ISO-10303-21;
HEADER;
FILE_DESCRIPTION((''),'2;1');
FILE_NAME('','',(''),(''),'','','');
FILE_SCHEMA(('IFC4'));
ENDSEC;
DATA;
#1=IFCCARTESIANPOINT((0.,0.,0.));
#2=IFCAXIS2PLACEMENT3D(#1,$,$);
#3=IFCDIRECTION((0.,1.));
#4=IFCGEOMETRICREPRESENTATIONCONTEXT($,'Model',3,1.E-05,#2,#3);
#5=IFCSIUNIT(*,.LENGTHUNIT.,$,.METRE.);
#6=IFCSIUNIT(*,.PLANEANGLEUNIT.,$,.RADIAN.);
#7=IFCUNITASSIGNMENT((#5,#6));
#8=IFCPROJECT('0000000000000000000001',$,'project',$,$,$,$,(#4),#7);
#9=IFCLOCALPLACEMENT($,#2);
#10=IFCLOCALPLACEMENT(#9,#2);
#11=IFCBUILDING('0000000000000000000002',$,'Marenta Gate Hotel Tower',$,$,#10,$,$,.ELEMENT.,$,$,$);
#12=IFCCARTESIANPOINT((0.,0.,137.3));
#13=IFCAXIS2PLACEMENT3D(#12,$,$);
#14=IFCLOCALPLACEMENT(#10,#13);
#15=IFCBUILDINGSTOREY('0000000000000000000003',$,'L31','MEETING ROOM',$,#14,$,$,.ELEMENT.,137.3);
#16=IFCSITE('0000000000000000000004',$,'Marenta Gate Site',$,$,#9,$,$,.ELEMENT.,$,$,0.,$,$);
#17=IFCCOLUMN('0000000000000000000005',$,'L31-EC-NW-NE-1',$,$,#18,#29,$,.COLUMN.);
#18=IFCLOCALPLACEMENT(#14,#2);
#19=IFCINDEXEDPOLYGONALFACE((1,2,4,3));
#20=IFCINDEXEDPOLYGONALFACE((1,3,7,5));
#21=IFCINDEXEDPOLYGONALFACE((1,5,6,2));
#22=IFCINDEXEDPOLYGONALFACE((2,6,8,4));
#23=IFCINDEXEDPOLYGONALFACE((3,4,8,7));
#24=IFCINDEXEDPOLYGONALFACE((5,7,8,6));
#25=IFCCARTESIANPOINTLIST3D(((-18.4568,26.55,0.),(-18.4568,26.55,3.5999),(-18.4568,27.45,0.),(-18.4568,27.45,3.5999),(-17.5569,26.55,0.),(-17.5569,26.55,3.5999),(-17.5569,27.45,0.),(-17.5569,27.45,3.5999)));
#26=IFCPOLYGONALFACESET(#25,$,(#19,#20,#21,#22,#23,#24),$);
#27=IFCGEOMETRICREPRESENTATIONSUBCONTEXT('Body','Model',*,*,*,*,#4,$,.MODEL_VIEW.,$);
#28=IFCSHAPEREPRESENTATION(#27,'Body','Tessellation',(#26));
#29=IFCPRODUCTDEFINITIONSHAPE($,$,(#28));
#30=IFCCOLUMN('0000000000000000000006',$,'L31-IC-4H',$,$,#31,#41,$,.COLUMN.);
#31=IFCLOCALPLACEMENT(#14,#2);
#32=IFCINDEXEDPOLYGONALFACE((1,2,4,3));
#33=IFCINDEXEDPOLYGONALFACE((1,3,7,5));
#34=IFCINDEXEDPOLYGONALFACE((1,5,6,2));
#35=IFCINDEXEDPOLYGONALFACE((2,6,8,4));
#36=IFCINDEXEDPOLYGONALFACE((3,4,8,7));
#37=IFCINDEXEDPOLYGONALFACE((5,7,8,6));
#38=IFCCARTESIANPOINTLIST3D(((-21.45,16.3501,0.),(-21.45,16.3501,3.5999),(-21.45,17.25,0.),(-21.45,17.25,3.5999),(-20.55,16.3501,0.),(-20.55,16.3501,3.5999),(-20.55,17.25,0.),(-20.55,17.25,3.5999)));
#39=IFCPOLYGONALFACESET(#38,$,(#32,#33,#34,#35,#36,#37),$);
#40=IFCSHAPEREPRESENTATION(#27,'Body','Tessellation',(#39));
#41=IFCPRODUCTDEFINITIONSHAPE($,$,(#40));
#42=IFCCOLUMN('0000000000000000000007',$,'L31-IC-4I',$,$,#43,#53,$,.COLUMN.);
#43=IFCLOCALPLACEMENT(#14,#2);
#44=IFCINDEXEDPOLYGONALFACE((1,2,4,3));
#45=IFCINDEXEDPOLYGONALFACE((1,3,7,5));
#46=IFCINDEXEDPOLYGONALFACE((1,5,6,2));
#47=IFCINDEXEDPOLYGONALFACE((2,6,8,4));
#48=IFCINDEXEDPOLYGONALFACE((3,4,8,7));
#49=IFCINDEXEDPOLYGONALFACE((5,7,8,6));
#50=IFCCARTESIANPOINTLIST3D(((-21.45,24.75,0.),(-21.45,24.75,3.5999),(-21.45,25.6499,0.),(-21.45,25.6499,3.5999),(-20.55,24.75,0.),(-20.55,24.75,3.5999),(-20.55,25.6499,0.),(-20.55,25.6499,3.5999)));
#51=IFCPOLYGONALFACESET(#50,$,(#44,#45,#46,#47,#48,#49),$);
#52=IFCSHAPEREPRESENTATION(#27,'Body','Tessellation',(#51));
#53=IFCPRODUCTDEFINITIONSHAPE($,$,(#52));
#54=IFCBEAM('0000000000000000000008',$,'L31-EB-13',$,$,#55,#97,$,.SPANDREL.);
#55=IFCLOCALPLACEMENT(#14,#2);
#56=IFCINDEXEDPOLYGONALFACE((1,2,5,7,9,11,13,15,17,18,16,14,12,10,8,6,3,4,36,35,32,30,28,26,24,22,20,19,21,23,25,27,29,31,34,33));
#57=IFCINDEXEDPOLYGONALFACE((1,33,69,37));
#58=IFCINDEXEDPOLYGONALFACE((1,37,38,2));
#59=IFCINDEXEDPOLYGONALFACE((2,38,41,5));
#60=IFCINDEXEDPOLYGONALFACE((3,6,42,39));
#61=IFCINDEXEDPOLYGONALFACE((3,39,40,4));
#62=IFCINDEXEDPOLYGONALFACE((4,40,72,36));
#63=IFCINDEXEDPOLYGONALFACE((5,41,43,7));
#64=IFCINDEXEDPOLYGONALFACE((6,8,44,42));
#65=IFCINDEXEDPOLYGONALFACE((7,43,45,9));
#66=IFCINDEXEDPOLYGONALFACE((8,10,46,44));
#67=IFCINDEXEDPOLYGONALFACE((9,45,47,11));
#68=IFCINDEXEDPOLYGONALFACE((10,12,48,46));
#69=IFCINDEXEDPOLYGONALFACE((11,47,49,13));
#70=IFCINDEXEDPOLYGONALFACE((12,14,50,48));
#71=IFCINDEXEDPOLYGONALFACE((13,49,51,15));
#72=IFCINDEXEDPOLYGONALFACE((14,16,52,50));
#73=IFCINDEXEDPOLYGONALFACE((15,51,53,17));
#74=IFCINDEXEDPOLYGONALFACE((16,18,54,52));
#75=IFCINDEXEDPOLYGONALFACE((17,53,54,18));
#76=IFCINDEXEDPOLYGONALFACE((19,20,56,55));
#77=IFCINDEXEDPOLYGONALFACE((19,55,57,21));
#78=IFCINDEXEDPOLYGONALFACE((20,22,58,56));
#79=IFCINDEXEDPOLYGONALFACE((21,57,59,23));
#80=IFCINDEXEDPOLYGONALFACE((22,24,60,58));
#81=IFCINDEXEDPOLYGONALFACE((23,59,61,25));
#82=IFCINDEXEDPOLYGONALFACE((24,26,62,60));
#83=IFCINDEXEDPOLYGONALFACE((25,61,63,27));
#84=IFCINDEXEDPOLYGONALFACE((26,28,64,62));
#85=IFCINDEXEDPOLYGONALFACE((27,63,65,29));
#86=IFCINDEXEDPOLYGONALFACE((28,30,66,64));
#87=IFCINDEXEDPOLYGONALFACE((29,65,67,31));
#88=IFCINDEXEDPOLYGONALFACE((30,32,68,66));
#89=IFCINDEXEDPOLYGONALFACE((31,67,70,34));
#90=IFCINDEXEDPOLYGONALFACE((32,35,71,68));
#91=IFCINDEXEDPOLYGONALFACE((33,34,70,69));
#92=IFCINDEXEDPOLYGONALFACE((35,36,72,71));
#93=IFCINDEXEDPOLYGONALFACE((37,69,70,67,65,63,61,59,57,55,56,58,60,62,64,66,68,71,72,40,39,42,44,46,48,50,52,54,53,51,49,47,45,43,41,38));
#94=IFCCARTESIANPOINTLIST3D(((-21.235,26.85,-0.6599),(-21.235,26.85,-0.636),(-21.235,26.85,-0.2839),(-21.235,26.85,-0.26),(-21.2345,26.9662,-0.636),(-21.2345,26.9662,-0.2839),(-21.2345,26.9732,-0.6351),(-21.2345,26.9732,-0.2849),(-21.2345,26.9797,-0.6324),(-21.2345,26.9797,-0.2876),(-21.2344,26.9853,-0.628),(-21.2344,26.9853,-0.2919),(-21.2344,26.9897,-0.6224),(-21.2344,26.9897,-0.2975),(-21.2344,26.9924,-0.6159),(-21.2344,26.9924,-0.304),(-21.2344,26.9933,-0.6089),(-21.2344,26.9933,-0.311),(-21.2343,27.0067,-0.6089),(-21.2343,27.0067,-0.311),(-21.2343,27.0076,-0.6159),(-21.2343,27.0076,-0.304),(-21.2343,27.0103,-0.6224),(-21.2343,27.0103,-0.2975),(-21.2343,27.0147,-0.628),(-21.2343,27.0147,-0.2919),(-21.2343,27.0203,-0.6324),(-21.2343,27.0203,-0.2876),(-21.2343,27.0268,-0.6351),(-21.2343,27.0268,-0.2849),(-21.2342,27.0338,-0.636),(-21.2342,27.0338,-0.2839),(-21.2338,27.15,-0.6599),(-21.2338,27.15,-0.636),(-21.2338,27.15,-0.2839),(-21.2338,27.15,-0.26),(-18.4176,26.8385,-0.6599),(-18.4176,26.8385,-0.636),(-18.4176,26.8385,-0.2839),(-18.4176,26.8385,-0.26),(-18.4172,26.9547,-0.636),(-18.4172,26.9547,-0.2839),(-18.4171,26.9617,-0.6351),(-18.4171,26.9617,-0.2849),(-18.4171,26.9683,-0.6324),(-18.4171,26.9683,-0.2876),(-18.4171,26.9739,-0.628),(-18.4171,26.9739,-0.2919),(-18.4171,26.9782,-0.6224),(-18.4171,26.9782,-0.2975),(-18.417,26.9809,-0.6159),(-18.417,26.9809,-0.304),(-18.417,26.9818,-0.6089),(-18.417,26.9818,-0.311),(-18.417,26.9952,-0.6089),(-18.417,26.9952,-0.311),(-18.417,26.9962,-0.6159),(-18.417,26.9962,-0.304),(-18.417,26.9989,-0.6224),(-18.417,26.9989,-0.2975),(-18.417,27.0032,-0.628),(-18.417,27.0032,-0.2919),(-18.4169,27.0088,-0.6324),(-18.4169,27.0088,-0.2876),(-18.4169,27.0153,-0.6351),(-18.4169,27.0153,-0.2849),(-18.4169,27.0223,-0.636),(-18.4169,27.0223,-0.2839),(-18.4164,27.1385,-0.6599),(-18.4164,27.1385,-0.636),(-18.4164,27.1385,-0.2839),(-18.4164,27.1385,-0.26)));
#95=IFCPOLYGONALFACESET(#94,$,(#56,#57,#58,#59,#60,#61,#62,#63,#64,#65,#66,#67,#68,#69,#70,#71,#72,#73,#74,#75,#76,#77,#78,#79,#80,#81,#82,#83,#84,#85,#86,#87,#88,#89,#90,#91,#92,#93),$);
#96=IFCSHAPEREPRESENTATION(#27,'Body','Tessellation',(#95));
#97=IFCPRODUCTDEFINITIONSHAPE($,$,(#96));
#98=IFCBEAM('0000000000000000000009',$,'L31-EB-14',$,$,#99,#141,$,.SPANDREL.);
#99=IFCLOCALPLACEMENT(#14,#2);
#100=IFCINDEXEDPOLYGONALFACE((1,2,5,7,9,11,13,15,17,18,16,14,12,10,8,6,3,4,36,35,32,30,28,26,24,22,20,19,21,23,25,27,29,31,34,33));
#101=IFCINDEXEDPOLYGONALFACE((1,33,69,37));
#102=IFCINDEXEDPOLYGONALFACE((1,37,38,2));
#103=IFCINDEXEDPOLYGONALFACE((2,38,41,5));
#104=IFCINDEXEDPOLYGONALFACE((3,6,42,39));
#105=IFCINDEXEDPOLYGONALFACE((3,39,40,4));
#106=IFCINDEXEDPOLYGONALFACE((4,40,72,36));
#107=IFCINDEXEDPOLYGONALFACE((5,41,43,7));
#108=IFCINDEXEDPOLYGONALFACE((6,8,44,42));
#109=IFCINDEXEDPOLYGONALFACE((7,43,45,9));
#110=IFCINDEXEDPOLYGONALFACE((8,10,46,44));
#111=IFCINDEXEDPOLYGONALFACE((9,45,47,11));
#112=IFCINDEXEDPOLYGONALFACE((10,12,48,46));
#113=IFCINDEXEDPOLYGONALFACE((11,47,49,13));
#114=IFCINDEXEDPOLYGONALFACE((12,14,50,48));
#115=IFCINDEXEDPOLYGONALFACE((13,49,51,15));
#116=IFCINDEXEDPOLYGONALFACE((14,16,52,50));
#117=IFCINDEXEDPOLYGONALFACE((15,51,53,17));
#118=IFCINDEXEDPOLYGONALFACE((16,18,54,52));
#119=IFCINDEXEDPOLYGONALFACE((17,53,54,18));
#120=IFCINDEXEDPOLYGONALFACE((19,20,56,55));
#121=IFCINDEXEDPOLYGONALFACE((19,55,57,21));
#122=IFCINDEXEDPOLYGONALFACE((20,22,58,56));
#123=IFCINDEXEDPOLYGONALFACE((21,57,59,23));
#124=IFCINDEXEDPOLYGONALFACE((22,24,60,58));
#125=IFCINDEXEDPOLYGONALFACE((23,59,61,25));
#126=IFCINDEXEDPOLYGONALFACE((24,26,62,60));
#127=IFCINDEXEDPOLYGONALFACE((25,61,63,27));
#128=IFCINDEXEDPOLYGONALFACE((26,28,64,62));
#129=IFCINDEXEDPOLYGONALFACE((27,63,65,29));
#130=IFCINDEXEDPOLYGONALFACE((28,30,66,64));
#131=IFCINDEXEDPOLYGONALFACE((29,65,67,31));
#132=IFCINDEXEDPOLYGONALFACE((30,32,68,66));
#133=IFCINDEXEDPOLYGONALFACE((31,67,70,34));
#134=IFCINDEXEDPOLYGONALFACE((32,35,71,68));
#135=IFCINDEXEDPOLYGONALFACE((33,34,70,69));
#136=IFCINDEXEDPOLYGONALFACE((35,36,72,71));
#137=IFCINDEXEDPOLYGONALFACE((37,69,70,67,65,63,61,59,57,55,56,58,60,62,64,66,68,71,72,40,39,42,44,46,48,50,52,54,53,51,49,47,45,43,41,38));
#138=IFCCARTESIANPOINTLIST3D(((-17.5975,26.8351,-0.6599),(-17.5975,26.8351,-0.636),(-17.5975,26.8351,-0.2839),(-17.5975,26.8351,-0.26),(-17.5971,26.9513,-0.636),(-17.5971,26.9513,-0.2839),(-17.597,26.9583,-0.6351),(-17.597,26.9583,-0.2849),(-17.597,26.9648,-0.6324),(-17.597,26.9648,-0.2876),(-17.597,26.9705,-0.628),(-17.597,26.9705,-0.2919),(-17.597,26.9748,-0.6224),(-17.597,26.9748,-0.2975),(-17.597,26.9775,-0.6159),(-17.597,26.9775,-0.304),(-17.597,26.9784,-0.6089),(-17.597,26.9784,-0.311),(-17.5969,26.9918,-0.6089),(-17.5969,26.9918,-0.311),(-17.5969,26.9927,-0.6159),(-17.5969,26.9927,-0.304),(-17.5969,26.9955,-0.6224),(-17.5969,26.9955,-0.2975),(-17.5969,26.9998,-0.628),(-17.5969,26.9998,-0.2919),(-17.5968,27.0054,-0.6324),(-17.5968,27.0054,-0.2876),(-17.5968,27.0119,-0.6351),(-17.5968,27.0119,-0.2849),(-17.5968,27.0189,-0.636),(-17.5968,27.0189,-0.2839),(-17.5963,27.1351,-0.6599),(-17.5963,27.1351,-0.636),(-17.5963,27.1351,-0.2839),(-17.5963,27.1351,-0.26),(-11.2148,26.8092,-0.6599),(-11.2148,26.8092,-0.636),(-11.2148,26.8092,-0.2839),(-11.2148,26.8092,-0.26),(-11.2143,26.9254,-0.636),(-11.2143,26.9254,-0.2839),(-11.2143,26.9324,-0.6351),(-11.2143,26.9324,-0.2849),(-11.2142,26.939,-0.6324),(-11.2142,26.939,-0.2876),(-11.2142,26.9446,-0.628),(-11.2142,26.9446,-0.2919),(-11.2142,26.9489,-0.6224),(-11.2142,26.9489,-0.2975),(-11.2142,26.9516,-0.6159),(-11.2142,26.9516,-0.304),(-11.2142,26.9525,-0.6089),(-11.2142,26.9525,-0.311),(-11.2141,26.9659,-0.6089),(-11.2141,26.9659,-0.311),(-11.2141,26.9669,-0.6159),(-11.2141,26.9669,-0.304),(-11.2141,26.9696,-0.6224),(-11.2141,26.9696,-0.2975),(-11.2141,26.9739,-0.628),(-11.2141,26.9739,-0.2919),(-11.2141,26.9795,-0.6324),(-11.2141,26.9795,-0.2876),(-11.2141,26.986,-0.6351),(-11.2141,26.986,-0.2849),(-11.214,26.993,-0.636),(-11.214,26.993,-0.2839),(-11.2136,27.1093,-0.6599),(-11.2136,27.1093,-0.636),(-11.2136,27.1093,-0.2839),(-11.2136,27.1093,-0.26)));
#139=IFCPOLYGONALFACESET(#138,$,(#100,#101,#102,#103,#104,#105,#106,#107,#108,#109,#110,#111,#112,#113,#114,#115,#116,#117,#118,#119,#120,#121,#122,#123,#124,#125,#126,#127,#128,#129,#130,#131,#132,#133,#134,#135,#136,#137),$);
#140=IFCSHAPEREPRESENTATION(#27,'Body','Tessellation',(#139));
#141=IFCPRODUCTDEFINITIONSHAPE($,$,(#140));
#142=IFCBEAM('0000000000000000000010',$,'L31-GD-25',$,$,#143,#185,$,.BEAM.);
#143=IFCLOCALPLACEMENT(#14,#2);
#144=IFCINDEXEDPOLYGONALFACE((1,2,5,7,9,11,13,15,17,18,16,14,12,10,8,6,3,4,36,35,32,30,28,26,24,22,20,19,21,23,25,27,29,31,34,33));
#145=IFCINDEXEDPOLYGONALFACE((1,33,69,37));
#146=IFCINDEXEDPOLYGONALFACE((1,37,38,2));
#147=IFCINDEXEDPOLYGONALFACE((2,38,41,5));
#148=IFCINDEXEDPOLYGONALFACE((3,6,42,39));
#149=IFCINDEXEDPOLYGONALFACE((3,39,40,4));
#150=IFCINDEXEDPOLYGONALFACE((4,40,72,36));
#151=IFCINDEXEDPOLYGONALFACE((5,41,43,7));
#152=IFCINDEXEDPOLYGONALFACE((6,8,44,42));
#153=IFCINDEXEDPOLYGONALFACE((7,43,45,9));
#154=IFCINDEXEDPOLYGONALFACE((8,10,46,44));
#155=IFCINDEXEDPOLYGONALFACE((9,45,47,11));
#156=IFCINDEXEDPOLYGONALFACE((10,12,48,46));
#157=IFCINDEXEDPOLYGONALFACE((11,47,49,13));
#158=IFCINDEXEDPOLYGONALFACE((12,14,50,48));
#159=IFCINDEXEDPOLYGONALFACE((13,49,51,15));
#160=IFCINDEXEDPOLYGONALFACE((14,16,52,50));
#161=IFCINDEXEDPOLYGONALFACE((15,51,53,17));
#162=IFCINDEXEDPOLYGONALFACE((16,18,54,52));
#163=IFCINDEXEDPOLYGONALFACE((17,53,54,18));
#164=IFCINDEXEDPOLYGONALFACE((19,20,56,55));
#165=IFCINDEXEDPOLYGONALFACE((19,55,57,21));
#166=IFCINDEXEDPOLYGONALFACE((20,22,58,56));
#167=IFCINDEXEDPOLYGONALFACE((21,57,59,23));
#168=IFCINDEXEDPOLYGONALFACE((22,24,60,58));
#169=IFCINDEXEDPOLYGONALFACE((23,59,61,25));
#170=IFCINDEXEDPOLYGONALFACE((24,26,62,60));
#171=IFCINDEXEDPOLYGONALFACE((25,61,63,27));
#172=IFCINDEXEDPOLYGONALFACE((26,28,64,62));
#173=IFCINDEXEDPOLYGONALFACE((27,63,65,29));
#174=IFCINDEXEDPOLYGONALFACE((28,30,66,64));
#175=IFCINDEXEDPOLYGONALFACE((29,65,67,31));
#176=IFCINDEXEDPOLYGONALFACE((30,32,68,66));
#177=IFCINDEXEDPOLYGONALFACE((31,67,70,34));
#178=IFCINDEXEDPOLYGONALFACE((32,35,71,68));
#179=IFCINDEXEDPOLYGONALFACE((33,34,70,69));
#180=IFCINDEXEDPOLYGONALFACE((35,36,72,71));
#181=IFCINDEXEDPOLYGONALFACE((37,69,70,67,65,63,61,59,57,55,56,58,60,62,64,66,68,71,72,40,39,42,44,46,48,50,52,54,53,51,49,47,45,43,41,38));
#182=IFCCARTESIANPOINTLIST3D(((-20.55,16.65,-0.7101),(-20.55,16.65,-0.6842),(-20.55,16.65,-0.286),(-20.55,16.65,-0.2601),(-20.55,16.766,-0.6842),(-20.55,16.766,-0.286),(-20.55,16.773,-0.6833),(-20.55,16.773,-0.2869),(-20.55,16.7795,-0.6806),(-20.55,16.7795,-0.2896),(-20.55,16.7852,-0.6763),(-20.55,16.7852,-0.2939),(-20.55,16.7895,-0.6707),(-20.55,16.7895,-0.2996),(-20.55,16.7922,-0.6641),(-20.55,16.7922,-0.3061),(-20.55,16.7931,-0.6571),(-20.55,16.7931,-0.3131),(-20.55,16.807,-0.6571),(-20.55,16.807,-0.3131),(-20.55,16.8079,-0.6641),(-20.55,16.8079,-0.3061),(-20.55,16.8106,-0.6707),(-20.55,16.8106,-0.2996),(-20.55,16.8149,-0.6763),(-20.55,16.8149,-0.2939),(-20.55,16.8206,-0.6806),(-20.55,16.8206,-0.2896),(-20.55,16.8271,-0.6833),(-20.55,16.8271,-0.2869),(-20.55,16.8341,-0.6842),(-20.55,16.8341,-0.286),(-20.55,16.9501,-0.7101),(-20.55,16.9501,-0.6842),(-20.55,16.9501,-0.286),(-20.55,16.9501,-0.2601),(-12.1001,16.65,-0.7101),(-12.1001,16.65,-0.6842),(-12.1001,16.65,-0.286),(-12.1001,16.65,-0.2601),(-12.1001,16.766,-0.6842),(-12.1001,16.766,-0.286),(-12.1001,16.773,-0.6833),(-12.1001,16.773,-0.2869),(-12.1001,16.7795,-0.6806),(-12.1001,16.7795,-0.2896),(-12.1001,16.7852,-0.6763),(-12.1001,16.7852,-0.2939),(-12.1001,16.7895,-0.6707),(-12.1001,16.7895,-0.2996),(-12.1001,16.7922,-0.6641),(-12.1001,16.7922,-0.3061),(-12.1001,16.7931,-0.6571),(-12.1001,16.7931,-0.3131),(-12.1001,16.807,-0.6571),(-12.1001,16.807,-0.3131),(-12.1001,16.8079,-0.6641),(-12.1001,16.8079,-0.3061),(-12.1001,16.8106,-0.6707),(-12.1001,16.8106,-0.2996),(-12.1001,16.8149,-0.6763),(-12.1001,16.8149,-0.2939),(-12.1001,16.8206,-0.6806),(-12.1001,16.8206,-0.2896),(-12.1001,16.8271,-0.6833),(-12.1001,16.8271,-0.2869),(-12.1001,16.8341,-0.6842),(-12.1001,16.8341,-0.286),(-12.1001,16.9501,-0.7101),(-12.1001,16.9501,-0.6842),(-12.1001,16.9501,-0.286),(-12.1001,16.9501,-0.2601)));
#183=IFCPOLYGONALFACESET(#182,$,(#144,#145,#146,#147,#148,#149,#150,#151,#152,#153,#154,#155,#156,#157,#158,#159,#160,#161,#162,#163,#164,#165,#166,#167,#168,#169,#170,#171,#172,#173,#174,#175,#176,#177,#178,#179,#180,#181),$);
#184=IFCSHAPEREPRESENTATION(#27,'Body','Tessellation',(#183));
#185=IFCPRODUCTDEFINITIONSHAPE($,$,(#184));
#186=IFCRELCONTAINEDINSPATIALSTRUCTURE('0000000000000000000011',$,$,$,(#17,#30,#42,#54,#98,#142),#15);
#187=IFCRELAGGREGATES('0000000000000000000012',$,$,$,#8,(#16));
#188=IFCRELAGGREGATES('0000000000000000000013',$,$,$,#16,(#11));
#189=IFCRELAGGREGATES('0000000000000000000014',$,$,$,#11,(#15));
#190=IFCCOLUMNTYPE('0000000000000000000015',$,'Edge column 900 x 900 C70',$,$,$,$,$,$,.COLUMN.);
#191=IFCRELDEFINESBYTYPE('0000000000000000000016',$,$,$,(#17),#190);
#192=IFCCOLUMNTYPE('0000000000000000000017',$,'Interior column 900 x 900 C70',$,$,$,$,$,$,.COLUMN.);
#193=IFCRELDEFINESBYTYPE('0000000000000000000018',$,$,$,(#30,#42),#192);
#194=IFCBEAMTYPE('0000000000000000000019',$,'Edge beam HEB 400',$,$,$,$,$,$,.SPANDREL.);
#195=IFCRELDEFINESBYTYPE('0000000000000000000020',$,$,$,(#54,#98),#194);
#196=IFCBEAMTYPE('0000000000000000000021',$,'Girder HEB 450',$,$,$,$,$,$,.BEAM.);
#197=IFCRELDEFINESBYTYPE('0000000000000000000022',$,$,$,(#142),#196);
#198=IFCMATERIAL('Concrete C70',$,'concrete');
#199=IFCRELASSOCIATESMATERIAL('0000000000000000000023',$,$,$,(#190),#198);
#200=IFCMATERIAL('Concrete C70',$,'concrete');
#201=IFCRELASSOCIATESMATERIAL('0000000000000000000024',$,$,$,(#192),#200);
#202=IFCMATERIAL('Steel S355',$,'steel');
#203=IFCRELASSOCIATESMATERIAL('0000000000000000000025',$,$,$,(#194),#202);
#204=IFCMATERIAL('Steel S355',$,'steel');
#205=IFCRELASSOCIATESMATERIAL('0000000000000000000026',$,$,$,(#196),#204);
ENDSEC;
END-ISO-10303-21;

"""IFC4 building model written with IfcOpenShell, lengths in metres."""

from ifc_helpers import new_model, si_unit, direction, frame, origin, origin_2d, place, context, subcontext, project, spatial, rectangle, i_section, extrude, material, material_profile, profile_set, type_object, element, save


model = new_model("IFC4")

# Units and contexts
model_context = context("Model", 3, precision=1e-05, world=origin(), true_north=direction((0.0, 1.0)))
body_context = subcontext(model_context, "Body", "Model", "MODEL_VIEW")
ifc_project = project(units=[si_unit("LENGTHUNIT", "METRE"), si_unit("PLANEANGLEUNIT", "RADIAN")], contexts=[model_context])

# Site, building, storey
site_placement = place(None, origin())
site = spatial("IfcSite", under=ifc_project, at=site_placement, Name="Marenta Gate Site", CompositionType="ELEMENT", RefElevation=0.0)
building_placement = place(site_placement, origin())
building = spatial("IfcBuilding", under=site, at=building_placement, Name="Marenta Gate Hotel Tower", CompositionType="ELEMENT")
storey_placement = place(building_placement, frame((0.0, 0.0, 137.3)))
storey = spatial("IfcBuildingStorey", under=building, at=storey_placement, Name="L31", Description="MEETING ROOM", CompositionType="ELEMENT", Elevation=137.3)

# Columns
ifc_material_1 = material(Name="Concrete C70", Category="concrete")
ifc_material_profile_1 = material_profile(ifc_material_1, rectangle(XDim=0.8999, YDim=0.8999, at=origin_2d()), Name="900 x 900")
ifc_profile_set_1 = profile_set([ifc_material_profile_1], Name="Concrete C70")
column_type_1 = type_object("IfcColumnType", Name="Edge column 900 x 900 C70", PredefinedType="COLUMN", material=ifc_profile_set_1)
column_placement = place(storey_placement, frame((-18.0068, 27.0, 0.0), z_axis=(0.0, 0.0, 1.0), x_axis=(1.0, 0.0, 0.0)))
element("IfcColumn", 1, at=column_placement, inside=storey, type_object=column_type_1, Name="L31-EC-NW-NE-1", PredefinedType="COLUMN", context=body_context, shape_type="SweptSolid", body=[
    extrude(rectangle(XDim=0.8999, YDim=0.8999, at=origin_2d()), origin(), (0.0, 0.0, 1.0), 3.5999),
])
ifc_material_2 = material(Name="Concrete C70", Category="concrete")
ifc_material_profile_2 = material_profile(ifc_material_2, rectangle(XDim=0.8999, YDim=0.8999, at=origin_2d()), Name="900 x 900")
ifc_profile_set_2 = profile_set([ifc_material_profile_2], Name="Concrete C70")
column_type_2 = type_object("IfcColumnType", Name="Interior column 900 x 900 C70", PredefinedType="COLUMN", material=ifc_profile_set_2)
for number, where, z_axis, x_axis, name in (
    (2, (-21.0, 16.8, 0.0), (0.0, 0.0, 1.0), (1.0, 0.0, 0.0), "L31-IC-4H"),
    (3, (-21.0, 25.2, 0.0), (0.0, 0.0, 1.0), (1.0, 0.0, 0.0), "L31-IC-4I"),
):
    element("IfcColumn", number, at=place(storey_placement, frame(where, z_axis=z_axis, x_axis=x_axis)), inside=storey, type_object=column_type_2, Name=name, PredefinedType="COLUMN", context=body_context, shape_type="SweptSolid", body=[
        extrude(rectangle(XDim=0.8999, YDim=0.8999, at=origin_2d()), origin(), (0.0, 0.0, 1.0), 3.5999),
    ])

# Beams
ifc_material_3 = material(Name="Steel S355", Category="steel")
ifc_material_profile_3 = material_profile(ifc_material_3, i_section(OverallWidth=0.3, OverallDepth=0.3999, WebThickness=0.0134, FlangeThickness=0.0239, FilletRadius=0.0271, at=origin_2d()), Name="HEB 400")
ifc_profile_set_3 = profile_set([ifc_material_profile_3], Name="Steel S355")
beam_type_1 = type_object("IfcBeamType", Name="Edge beam HEB 400", PredefinedType="SPANDREL", material=ifc_profile_set_3)
beam_1_placement = place(storey_placement, frame((-21.2344, 27.0, -0.46), z_axis=(0.999992, -0.004073, 0.0), x_axis=(0.004073, 0.999992, 0.0)))
element("IfcBeam", 4, at=beam_1_placement, inside=storey, type_object=beam_type_1, Name="L31-EB-13", PredefinedType="SPANDREL", context=body_context, shape_type="SweptSolid", body=[
    extrude(i_section(OverallWidth=0.3, OverallDepth=0.3999, WebThickness=0.0134, FlangeThickness=0.0239, FilletRadius=0.0271, at=origin_2d()), origin(), (0.0, 0.0, 1.0), 2.8174),
])
beam_2_placement = place(storey_placement, frame((-17.5969, 26.9851, -0.46), z_axis=(0.999992, -0.004054, 0.0), x_axis=(0.004054, 0.999992, 0.0)))
element("IfcBeam", 5, at=beam_2_placement, inside=storey, type_object=beam_type_1, Name="L31-EB-14", PredefinedType="SPANDREL", context=body_context, shape_type="SweptSolid", body=[
    extrude(i_section(OverallWidth=0.3, OverallDepth=0.3999, WebThickness=0.0134, FlangeThickness=0.0239, FilletRadius=0.0271, at=origin_2d()), origin(), (0.0, 0.0, 1.0), 6.3828),
])
ifc_material_4 = material(Name="Steel S355", Category="steel")
ifc_material_profile_4 = material_profile(ifc_material_4, i_section(OverallWidth=0.3, OverallDepth=0.45, WebThickness=0.0139, FlangeThickness=0.0259, FilletRadius=0.0271, at=origin_2d()), Name="HEB 450")
ifc_profile_set_4 = profile_set([ifc_material_profile_4], Name="Steel S355")
beam_type_2 = type_object("IfcBeamType", Name="Girder HEB 450", PredefinedType="BEAM", material=ifc_profile_set_4)
beam_3_placement = place(storey_placement, frame((-20.55, 16.8, -0.4851), z_axis=(1.0, 0.0, 0.0), x_axis=(0.0, 1.0, 0.0)))
element("IfcBeam", 6, at=beam_3_placement, inside=storey, type_object=beam_type_2, Name="L31-GD-25", PredefinedType="BEAM", context=body_context, shape_type="SweptSolid", body=[
    extrude(i_section(OverallWidth=0.3, OverallDepth=0.45, WebThickness=0.0139, FlangeThickness=0.0259, FilletRadius=0.0271, at=origin_2d()), origin(), (0.0, 0.0, 1.0), 8.45),
])

save(model, "model.ifc")
